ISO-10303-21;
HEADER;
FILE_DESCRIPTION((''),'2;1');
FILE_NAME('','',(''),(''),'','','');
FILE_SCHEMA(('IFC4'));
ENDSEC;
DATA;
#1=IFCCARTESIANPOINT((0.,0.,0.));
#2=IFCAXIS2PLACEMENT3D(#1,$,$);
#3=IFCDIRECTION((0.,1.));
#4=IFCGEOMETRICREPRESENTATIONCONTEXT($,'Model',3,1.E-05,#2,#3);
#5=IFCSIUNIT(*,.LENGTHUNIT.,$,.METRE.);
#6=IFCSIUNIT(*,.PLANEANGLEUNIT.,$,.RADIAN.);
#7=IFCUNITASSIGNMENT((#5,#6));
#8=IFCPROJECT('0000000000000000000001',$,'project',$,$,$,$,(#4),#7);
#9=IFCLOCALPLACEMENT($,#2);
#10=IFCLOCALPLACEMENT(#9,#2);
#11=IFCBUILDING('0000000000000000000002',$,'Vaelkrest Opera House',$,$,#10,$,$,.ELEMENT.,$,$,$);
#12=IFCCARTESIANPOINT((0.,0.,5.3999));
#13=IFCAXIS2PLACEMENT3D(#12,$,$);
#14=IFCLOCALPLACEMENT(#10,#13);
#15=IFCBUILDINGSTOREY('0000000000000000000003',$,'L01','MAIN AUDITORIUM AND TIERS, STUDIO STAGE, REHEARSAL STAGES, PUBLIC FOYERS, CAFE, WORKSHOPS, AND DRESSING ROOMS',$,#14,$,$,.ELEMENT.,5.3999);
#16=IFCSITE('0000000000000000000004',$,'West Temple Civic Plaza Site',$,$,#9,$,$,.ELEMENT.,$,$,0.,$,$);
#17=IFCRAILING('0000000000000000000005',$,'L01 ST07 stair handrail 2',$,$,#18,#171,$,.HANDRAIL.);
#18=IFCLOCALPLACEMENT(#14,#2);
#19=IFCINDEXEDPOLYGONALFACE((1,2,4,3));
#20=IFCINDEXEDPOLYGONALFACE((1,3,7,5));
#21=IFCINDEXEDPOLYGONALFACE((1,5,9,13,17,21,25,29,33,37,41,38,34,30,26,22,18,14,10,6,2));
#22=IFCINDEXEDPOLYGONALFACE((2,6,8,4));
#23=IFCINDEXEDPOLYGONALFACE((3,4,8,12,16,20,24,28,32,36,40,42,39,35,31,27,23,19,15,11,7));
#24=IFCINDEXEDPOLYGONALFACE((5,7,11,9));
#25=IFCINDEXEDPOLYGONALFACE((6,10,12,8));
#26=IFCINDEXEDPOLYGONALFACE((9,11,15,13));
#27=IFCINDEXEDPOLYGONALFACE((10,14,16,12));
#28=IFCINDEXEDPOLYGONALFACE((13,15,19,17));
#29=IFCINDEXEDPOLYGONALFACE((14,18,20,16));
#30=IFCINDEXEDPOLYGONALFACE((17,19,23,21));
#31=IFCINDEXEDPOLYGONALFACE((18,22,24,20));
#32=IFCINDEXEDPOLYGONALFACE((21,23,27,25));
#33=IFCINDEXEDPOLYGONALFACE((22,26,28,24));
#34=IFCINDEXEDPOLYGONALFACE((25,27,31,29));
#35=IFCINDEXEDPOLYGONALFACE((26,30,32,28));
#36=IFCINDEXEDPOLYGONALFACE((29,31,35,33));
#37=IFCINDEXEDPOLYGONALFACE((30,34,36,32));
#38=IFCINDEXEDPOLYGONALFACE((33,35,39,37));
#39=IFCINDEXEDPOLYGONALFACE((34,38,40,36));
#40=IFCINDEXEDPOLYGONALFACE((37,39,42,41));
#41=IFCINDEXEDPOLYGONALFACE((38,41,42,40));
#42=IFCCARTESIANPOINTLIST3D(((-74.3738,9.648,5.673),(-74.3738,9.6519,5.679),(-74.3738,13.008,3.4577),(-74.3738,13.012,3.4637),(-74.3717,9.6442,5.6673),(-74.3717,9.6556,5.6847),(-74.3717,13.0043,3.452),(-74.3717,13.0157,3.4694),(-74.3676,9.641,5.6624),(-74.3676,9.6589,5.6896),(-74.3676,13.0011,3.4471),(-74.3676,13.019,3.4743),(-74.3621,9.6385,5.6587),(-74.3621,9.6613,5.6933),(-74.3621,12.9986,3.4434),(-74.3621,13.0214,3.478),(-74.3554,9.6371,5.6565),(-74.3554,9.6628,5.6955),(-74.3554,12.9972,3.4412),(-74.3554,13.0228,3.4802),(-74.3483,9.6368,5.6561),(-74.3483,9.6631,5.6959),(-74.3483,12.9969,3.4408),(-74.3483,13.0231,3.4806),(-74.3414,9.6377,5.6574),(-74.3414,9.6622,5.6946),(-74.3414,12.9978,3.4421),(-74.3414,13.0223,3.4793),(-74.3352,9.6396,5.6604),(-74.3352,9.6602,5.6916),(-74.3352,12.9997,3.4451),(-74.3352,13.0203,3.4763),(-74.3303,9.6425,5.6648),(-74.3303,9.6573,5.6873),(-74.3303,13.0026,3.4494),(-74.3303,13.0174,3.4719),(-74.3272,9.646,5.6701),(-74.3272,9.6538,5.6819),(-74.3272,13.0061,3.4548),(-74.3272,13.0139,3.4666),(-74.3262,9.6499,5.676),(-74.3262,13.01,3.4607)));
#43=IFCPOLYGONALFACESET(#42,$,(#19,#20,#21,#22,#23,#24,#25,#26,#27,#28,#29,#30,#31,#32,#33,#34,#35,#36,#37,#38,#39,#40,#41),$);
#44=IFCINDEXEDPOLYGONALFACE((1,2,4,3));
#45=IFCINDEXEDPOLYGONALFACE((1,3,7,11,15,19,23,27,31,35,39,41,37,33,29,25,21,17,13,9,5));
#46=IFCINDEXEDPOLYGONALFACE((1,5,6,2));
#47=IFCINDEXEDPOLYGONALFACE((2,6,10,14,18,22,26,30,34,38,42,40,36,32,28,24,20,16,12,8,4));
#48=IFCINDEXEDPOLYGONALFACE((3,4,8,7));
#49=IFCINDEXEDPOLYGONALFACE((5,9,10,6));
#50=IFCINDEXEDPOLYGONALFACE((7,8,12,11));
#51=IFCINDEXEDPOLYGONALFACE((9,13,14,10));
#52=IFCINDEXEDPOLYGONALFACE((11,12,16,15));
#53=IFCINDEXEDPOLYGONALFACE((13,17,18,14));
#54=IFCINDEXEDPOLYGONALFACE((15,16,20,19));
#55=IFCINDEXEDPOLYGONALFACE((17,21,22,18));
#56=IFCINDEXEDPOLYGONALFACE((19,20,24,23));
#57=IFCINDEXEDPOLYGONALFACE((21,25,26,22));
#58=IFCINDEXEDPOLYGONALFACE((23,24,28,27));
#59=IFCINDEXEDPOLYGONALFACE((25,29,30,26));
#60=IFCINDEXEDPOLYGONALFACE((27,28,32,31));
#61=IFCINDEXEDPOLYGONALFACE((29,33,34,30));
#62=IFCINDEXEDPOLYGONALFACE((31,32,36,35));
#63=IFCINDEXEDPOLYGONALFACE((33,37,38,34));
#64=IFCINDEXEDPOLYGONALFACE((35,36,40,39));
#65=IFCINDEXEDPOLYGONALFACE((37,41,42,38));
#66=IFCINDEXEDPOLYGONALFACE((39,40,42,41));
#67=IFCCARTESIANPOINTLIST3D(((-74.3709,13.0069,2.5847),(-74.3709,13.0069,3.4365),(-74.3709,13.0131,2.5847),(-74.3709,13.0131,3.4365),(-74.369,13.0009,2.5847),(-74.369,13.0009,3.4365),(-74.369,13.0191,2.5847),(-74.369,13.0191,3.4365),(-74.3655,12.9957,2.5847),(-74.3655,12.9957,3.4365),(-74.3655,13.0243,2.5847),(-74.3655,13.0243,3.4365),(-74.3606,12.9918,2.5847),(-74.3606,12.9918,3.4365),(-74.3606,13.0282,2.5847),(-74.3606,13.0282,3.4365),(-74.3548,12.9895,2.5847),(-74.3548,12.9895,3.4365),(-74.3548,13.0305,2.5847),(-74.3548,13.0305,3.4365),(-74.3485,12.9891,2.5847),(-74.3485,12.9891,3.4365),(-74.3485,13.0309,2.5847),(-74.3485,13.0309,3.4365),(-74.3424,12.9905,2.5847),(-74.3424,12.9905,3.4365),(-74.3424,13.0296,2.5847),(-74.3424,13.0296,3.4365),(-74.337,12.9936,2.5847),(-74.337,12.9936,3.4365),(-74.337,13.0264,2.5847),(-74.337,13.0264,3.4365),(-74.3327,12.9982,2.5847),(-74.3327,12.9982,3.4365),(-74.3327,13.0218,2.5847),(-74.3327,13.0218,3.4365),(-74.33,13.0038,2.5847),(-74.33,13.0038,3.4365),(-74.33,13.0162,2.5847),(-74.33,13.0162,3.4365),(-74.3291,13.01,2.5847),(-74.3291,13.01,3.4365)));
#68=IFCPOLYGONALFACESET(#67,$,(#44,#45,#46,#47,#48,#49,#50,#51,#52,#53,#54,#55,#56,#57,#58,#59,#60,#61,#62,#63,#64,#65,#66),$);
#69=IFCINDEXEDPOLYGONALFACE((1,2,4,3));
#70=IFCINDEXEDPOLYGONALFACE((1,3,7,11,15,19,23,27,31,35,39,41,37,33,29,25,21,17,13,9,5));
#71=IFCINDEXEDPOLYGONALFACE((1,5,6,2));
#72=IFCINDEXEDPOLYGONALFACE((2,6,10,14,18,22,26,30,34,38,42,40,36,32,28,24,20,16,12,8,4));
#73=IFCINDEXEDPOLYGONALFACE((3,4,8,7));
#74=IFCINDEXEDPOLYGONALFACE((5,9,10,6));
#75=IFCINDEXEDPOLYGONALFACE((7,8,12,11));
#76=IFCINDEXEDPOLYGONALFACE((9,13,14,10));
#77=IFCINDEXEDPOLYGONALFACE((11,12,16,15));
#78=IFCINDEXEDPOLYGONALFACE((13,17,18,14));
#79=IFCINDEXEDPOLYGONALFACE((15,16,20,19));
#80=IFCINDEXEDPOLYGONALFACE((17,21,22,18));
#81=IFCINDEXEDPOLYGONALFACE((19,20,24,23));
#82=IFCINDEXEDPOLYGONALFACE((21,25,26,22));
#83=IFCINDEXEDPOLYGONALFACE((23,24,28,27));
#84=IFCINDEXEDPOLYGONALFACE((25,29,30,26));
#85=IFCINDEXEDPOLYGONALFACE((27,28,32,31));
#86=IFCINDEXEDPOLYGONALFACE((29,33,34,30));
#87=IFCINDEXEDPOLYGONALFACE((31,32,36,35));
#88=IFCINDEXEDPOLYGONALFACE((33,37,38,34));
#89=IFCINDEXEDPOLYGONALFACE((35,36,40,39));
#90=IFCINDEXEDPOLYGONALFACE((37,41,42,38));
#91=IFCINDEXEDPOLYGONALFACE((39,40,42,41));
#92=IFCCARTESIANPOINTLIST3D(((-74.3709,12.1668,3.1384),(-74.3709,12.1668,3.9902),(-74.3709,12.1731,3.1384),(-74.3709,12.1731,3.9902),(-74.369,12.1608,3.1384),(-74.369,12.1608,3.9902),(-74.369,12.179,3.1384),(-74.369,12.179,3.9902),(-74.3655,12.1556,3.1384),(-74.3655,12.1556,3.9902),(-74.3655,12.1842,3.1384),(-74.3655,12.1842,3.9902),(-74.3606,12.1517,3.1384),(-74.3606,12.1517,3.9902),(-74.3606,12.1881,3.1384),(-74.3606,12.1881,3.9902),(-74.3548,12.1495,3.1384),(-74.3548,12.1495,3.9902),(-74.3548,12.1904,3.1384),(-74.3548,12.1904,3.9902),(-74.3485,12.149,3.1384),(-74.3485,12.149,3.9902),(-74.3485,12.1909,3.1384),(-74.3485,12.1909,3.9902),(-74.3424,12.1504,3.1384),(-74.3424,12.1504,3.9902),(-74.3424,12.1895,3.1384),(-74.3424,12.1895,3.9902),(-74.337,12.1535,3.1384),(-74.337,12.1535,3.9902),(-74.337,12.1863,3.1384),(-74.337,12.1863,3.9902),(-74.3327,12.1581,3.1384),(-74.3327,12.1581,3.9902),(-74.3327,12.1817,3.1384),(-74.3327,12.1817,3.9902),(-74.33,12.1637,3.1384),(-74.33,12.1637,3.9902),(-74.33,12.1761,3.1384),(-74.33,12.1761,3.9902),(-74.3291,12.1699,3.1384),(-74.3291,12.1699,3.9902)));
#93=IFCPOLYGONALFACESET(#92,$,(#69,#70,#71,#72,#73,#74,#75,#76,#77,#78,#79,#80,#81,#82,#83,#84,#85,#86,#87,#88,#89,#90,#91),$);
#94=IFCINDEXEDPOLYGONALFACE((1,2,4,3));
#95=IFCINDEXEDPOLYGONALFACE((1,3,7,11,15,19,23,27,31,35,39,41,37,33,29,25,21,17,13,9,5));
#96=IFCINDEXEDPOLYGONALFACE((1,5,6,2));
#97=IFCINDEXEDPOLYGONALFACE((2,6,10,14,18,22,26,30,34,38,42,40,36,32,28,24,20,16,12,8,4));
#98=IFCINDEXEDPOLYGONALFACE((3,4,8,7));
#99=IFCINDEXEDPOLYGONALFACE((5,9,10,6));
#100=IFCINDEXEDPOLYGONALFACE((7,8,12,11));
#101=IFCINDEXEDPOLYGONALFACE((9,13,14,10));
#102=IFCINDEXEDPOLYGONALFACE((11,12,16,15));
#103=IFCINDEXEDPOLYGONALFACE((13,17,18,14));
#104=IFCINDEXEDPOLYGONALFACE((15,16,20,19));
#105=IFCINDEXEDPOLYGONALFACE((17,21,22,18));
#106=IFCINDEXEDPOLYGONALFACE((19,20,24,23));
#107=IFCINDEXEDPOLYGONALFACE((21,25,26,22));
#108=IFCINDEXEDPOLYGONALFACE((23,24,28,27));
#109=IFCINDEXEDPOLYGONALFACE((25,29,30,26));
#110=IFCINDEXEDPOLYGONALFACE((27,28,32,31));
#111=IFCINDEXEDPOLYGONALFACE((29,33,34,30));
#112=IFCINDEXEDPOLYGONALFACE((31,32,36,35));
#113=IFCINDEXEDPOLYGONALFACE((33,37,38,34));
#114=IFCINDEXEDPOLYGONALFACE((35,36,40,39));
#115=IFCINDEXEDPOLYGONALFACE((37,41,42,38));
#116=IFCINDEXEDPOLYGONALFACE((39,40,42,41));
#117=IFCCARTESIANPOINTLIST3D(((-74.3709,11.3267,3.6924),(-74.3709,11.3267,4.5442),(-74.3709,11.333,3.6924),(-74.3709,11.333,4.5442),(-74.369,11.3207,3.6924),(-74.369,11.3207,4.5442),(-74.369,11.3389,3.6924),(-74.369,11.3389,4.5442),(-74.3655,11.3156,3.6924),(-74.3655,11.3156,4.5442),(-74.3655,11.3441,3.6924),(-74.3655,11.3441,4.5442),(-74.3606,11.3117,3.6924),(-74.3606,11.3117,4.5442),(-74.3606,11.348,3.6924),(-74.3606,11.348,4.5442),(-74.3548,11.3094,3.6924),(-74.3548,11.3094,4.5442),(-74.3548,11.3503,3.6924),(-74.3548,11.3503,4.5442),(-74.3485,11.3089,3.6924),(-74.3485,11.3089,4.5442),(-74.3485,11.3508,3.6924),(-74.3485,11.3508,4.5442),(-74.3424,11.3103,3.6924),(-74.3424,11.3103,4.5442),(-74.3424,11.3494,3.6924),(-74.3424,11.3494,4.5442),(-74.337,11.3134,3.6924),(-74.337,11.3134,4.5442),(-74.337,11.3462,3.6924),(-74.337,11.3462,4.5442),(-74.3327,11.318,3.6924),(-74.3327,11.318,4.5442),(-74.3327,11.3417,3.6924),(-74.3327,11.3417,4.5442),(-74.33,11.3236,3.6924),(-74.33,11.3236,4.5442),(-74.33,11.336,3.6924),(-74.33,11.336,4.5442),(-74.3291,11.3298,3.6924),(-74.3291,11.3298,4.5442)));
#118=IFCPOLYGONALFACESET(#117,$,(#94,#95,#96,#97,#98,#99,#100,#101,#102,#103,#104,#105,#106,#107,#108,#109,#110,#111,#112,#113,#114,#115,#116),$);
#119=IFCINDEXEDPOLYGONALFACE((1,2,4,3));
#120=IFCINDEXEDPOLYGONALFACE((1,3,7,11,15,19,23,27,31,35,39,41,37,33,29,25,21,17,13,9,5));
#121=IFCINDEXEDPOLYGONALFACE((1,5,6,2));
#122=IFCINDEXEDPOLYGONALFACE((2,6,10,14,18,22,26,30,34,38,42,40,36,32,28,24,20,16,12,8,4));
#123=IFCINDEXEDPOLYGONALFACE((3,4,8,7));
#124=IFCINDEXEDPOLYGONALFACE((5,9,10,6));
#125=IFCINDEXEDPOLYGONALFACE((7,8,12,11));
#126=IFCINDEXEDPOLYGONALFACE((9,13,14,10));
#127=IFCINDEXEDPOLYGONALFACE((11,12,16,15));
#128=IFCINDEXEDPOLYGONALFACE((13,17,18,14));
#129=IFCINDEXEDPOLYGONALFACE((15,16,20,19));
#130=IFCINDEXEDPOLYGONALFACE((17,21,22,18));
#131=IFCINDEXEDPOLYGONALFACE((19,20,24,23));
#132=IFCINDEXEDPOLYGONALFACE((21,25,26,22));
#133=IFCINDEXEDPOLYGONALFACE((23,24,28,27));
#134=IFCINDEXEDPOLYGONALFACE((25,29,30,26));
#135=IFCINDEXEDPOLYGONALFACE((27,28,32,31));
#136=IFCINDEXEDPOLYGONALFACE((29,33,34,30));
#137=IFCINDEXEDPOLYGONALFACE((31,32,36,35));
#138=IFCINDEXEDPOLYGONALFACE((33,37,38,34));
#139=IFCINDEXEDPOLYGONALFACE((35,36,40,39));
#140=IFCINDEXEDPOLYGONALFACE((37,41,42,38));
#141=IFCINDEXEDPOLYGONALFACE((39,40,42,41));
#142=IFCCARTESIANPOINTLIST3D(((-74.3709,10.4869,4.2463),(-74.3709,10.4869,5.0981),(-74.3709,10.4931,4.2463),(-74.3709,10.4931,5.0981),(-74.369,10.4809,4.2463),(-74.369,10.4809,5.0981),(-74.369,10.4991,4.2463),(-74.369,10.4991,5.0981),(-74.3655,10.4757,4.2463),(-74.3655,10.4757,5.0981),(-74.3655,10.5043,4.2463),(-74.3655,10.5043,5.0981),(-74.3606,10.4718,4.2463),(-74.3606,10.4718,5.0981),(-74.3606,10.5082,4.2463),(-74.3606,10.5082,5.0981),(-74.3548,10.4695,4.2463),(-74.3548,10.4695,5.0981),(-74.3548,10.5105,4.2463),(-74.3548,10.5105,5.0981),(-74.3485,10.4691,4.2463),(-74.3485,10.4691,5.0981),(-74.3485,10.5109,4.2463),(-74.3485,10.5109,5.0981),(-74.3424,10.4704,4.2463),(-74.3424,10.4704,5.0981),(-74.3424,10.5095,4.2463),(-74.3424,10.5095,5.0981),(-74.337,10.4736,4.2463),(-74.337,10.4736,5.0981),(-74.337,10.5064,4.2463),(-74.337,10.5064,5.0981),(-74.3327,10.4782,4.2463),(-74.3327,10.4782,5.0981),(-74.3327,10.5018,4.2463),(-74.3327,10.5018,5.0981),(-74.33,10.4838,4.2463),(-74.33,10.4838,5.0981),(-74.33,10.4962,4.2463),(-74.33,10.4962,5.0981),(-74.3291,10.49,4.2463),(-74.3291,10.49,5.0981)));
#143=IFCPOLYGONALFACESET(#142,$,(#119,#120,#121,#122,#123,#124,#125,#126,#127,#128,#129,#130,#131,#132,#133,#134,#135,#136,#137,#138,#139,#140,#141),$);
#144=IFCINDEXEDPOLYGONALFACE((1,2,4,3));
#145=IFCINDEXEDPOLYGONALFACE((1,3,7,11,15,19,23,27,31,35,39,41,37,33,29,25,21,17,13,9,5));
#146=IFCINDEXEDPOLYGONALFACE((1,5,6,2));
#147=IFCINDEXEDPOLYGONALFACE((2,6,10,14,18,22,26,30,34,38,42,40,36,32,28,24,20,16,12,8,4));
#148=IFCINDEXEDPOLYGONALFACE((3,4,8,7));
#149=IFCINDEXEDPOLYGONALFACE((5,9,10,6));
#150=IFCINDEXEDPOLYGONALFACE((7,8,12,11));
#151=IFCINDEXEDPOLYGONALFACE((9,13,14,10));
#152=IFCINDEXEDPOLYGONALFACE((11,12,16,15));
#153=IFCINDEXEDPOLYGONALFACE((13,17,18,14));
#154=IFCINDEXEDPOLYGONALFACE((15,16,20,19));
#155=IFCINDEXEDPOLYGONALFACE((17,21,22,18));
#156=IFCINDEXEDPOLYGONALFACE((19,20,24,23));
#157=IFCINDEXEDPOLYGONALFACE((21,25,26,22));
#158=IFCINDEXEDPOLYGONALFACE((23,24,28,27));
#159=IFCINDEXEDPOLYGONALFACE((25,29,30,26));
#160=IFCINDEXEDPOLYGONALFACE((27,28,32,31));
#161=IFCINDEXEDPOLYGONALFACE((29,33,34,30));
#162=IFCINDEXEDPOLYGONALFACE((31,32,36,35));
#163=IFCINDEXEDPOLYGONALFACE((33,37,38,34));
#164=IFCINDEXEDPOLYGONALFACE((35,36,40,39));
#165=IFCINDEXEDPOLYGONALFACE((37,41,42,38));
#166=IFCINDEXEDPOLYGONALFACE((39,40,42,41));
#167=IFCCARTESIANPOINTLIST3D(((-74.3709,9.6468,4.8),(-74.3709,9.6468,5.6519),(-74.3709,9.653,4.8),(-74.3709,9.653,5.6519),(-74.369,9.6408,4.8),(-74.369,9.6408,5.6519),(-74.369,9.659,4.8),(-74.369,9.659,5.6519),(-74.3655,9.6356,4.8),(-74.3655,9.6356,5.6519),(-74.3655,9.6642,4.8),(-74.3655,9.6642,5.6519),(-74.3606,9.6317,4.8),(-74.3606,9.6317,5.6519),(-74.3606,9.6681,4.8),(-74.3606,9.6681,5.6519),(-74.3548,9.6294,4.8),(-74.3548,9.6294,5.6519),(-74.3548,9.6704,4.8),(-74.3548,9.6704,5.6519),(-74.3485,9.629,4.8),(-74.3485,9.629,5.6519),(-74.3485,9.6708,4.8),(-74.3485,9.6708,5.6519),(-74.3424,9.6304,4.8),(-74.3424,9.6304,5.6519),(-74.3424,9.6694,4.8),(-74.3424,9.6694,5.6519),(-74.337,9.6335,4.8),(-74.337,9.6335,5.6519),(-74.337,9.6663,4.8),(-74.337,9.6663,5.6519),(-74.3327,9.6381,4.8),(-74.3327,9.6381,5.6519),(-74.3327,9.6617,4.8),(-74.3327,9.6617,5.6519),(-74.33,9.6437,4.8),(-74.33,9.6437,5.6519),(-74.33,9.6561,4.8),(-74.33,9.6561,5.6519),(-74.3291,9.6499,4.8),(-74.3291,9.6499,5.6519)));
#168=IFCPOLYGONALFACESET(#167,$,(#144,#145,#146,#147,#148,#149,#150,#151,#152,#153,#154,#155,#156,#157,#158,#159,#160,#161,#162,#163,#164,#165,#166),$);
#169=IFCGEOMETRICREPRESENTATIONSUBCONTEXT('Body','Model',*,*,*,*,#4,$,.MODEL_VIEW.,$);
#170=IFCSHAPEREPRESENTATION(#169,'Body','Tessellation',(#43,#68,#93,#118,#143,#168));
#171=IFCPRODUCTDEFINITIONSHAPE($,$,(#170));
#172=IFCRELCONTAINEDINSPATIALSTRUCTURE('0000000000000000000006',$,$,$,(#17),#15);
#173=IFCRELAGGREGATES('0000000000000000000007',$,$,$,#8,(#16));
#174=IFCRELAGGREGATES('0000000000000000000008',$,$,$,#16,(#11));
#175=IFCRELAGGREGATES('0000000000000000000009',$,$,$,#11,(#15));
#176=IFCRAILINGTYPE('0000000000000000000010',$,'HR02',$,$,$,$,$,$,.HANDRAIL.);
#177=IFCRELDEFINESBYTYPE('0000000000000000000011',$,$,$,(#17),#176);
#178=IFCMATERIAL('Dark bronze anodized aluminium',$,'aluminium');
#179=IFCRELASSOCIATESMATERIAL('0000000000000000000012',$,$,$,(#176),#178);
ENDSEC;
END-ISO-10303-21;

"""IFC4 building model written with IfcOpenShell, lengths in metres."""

from ifc_helpers import new_model, si_unit, direction, frame, origin, origin_2d, place, context, subcontext, project, spatial, circle, extrude, material, type_object, element, save


model = new_model("IFC4")

# Units and contexts
model_context = context("Model", 3, precision=1e-05, world=origin(), true_north=direction((0.0, 1.0)))
body_context = subcontext(model_context, "Body", "Model", "MODEL_VIEW")
ifc_project = project(units=[si_unit("LENGTHUNIT", "METRE"), si_unit("PLANEANGLEUNIT", "RADIAN")], contexts=[model_context])

# Site, building, storey
site_placement = place(None, origin())
site = spatial("IfcSite", under=ifc_project, at=site_placement, Name="West Temple Civic Plaza Site", CompositionType="ELEMENT", RefElevation=0.0)
building_placement = place(site_placement, origin())
building = spatial("IfcBuilding", under=site, at=building_placement, Name="Vaelkrest Opera House", CompositionType="ELEMENT")
storey_placement = place(building_placement, frame((0.0, 0.0, 5.3999)))
storey = spatial("IfcBuildingStorey", under=building, at=storey_placement, Name="L01", Description="MAIN AUDITORIUM AND TIERS, STUDIO STAGE, REHEARSAL STAGES, PUBLIC FOYERS, CAFE, WORKSHOPS, AND DRESSING ROOMS", CompositionType="ELEMENT", Elevation=5.3999)

# Shared definitions
ifc_material_1 = material(Name="Dark bronze anodized aluminium", Category="aluminium")

# Railing
railing_type_1 = type_object("IfcRailingType", Name="HR02", PredefinedType="HANDRAIL", material=ifc_material_1)
railing_1_placement = place(storey_placement, frame((-74.3501, 13.01, 2.5847)))
element("IfcRailing", 1, at=railing_1_placement, inside=storey, type_object=railing_type_1, Name="L01 ST07 stair handrail 2", PredefinedType="HANDRAIL", context=body_context, shape_type="SweptSolid", body=[
    extrude(circle(Radius=0.0239, at=origin_2d()), frame((0.0, 0.0, 0.876), z_axis=(0.0, -0.834876, 0.550437), x_axis=(1.0, 0.0, 0.0)), (0.0, 0.0, 1.0), 4.0247),
    extrude(circle(Radius=0.021, at=origin_2d()), origin(), (0.0, 0.0, 1.0), 0.8518),
    extrude(circle(Radius=0.021, at=origin_2d()), frame((0.0, -0.8401, 0.5537)), (0.0, 0.0, 1.0), 0.8518),
    extrude(circle(Radius=0.021, at=origin_2d()), frame((0.0, -1.6802, 1.1077)), (0.0, 0.0, 1.0), 0.8518),
    extrude(circle(Radius=0.021, at=origin_2d()), frame((0.0, -2.52, 1.6616)), (0.0, 0.0, 1.0), 0.8518),
    extrude(circle(Radius=0.021, at=origin_2d()), frame((0.0, -3.3601, 2.2153)), (0.0, 0.0, 1.0), 0.8518),
])

save(model, "model.ifc")
